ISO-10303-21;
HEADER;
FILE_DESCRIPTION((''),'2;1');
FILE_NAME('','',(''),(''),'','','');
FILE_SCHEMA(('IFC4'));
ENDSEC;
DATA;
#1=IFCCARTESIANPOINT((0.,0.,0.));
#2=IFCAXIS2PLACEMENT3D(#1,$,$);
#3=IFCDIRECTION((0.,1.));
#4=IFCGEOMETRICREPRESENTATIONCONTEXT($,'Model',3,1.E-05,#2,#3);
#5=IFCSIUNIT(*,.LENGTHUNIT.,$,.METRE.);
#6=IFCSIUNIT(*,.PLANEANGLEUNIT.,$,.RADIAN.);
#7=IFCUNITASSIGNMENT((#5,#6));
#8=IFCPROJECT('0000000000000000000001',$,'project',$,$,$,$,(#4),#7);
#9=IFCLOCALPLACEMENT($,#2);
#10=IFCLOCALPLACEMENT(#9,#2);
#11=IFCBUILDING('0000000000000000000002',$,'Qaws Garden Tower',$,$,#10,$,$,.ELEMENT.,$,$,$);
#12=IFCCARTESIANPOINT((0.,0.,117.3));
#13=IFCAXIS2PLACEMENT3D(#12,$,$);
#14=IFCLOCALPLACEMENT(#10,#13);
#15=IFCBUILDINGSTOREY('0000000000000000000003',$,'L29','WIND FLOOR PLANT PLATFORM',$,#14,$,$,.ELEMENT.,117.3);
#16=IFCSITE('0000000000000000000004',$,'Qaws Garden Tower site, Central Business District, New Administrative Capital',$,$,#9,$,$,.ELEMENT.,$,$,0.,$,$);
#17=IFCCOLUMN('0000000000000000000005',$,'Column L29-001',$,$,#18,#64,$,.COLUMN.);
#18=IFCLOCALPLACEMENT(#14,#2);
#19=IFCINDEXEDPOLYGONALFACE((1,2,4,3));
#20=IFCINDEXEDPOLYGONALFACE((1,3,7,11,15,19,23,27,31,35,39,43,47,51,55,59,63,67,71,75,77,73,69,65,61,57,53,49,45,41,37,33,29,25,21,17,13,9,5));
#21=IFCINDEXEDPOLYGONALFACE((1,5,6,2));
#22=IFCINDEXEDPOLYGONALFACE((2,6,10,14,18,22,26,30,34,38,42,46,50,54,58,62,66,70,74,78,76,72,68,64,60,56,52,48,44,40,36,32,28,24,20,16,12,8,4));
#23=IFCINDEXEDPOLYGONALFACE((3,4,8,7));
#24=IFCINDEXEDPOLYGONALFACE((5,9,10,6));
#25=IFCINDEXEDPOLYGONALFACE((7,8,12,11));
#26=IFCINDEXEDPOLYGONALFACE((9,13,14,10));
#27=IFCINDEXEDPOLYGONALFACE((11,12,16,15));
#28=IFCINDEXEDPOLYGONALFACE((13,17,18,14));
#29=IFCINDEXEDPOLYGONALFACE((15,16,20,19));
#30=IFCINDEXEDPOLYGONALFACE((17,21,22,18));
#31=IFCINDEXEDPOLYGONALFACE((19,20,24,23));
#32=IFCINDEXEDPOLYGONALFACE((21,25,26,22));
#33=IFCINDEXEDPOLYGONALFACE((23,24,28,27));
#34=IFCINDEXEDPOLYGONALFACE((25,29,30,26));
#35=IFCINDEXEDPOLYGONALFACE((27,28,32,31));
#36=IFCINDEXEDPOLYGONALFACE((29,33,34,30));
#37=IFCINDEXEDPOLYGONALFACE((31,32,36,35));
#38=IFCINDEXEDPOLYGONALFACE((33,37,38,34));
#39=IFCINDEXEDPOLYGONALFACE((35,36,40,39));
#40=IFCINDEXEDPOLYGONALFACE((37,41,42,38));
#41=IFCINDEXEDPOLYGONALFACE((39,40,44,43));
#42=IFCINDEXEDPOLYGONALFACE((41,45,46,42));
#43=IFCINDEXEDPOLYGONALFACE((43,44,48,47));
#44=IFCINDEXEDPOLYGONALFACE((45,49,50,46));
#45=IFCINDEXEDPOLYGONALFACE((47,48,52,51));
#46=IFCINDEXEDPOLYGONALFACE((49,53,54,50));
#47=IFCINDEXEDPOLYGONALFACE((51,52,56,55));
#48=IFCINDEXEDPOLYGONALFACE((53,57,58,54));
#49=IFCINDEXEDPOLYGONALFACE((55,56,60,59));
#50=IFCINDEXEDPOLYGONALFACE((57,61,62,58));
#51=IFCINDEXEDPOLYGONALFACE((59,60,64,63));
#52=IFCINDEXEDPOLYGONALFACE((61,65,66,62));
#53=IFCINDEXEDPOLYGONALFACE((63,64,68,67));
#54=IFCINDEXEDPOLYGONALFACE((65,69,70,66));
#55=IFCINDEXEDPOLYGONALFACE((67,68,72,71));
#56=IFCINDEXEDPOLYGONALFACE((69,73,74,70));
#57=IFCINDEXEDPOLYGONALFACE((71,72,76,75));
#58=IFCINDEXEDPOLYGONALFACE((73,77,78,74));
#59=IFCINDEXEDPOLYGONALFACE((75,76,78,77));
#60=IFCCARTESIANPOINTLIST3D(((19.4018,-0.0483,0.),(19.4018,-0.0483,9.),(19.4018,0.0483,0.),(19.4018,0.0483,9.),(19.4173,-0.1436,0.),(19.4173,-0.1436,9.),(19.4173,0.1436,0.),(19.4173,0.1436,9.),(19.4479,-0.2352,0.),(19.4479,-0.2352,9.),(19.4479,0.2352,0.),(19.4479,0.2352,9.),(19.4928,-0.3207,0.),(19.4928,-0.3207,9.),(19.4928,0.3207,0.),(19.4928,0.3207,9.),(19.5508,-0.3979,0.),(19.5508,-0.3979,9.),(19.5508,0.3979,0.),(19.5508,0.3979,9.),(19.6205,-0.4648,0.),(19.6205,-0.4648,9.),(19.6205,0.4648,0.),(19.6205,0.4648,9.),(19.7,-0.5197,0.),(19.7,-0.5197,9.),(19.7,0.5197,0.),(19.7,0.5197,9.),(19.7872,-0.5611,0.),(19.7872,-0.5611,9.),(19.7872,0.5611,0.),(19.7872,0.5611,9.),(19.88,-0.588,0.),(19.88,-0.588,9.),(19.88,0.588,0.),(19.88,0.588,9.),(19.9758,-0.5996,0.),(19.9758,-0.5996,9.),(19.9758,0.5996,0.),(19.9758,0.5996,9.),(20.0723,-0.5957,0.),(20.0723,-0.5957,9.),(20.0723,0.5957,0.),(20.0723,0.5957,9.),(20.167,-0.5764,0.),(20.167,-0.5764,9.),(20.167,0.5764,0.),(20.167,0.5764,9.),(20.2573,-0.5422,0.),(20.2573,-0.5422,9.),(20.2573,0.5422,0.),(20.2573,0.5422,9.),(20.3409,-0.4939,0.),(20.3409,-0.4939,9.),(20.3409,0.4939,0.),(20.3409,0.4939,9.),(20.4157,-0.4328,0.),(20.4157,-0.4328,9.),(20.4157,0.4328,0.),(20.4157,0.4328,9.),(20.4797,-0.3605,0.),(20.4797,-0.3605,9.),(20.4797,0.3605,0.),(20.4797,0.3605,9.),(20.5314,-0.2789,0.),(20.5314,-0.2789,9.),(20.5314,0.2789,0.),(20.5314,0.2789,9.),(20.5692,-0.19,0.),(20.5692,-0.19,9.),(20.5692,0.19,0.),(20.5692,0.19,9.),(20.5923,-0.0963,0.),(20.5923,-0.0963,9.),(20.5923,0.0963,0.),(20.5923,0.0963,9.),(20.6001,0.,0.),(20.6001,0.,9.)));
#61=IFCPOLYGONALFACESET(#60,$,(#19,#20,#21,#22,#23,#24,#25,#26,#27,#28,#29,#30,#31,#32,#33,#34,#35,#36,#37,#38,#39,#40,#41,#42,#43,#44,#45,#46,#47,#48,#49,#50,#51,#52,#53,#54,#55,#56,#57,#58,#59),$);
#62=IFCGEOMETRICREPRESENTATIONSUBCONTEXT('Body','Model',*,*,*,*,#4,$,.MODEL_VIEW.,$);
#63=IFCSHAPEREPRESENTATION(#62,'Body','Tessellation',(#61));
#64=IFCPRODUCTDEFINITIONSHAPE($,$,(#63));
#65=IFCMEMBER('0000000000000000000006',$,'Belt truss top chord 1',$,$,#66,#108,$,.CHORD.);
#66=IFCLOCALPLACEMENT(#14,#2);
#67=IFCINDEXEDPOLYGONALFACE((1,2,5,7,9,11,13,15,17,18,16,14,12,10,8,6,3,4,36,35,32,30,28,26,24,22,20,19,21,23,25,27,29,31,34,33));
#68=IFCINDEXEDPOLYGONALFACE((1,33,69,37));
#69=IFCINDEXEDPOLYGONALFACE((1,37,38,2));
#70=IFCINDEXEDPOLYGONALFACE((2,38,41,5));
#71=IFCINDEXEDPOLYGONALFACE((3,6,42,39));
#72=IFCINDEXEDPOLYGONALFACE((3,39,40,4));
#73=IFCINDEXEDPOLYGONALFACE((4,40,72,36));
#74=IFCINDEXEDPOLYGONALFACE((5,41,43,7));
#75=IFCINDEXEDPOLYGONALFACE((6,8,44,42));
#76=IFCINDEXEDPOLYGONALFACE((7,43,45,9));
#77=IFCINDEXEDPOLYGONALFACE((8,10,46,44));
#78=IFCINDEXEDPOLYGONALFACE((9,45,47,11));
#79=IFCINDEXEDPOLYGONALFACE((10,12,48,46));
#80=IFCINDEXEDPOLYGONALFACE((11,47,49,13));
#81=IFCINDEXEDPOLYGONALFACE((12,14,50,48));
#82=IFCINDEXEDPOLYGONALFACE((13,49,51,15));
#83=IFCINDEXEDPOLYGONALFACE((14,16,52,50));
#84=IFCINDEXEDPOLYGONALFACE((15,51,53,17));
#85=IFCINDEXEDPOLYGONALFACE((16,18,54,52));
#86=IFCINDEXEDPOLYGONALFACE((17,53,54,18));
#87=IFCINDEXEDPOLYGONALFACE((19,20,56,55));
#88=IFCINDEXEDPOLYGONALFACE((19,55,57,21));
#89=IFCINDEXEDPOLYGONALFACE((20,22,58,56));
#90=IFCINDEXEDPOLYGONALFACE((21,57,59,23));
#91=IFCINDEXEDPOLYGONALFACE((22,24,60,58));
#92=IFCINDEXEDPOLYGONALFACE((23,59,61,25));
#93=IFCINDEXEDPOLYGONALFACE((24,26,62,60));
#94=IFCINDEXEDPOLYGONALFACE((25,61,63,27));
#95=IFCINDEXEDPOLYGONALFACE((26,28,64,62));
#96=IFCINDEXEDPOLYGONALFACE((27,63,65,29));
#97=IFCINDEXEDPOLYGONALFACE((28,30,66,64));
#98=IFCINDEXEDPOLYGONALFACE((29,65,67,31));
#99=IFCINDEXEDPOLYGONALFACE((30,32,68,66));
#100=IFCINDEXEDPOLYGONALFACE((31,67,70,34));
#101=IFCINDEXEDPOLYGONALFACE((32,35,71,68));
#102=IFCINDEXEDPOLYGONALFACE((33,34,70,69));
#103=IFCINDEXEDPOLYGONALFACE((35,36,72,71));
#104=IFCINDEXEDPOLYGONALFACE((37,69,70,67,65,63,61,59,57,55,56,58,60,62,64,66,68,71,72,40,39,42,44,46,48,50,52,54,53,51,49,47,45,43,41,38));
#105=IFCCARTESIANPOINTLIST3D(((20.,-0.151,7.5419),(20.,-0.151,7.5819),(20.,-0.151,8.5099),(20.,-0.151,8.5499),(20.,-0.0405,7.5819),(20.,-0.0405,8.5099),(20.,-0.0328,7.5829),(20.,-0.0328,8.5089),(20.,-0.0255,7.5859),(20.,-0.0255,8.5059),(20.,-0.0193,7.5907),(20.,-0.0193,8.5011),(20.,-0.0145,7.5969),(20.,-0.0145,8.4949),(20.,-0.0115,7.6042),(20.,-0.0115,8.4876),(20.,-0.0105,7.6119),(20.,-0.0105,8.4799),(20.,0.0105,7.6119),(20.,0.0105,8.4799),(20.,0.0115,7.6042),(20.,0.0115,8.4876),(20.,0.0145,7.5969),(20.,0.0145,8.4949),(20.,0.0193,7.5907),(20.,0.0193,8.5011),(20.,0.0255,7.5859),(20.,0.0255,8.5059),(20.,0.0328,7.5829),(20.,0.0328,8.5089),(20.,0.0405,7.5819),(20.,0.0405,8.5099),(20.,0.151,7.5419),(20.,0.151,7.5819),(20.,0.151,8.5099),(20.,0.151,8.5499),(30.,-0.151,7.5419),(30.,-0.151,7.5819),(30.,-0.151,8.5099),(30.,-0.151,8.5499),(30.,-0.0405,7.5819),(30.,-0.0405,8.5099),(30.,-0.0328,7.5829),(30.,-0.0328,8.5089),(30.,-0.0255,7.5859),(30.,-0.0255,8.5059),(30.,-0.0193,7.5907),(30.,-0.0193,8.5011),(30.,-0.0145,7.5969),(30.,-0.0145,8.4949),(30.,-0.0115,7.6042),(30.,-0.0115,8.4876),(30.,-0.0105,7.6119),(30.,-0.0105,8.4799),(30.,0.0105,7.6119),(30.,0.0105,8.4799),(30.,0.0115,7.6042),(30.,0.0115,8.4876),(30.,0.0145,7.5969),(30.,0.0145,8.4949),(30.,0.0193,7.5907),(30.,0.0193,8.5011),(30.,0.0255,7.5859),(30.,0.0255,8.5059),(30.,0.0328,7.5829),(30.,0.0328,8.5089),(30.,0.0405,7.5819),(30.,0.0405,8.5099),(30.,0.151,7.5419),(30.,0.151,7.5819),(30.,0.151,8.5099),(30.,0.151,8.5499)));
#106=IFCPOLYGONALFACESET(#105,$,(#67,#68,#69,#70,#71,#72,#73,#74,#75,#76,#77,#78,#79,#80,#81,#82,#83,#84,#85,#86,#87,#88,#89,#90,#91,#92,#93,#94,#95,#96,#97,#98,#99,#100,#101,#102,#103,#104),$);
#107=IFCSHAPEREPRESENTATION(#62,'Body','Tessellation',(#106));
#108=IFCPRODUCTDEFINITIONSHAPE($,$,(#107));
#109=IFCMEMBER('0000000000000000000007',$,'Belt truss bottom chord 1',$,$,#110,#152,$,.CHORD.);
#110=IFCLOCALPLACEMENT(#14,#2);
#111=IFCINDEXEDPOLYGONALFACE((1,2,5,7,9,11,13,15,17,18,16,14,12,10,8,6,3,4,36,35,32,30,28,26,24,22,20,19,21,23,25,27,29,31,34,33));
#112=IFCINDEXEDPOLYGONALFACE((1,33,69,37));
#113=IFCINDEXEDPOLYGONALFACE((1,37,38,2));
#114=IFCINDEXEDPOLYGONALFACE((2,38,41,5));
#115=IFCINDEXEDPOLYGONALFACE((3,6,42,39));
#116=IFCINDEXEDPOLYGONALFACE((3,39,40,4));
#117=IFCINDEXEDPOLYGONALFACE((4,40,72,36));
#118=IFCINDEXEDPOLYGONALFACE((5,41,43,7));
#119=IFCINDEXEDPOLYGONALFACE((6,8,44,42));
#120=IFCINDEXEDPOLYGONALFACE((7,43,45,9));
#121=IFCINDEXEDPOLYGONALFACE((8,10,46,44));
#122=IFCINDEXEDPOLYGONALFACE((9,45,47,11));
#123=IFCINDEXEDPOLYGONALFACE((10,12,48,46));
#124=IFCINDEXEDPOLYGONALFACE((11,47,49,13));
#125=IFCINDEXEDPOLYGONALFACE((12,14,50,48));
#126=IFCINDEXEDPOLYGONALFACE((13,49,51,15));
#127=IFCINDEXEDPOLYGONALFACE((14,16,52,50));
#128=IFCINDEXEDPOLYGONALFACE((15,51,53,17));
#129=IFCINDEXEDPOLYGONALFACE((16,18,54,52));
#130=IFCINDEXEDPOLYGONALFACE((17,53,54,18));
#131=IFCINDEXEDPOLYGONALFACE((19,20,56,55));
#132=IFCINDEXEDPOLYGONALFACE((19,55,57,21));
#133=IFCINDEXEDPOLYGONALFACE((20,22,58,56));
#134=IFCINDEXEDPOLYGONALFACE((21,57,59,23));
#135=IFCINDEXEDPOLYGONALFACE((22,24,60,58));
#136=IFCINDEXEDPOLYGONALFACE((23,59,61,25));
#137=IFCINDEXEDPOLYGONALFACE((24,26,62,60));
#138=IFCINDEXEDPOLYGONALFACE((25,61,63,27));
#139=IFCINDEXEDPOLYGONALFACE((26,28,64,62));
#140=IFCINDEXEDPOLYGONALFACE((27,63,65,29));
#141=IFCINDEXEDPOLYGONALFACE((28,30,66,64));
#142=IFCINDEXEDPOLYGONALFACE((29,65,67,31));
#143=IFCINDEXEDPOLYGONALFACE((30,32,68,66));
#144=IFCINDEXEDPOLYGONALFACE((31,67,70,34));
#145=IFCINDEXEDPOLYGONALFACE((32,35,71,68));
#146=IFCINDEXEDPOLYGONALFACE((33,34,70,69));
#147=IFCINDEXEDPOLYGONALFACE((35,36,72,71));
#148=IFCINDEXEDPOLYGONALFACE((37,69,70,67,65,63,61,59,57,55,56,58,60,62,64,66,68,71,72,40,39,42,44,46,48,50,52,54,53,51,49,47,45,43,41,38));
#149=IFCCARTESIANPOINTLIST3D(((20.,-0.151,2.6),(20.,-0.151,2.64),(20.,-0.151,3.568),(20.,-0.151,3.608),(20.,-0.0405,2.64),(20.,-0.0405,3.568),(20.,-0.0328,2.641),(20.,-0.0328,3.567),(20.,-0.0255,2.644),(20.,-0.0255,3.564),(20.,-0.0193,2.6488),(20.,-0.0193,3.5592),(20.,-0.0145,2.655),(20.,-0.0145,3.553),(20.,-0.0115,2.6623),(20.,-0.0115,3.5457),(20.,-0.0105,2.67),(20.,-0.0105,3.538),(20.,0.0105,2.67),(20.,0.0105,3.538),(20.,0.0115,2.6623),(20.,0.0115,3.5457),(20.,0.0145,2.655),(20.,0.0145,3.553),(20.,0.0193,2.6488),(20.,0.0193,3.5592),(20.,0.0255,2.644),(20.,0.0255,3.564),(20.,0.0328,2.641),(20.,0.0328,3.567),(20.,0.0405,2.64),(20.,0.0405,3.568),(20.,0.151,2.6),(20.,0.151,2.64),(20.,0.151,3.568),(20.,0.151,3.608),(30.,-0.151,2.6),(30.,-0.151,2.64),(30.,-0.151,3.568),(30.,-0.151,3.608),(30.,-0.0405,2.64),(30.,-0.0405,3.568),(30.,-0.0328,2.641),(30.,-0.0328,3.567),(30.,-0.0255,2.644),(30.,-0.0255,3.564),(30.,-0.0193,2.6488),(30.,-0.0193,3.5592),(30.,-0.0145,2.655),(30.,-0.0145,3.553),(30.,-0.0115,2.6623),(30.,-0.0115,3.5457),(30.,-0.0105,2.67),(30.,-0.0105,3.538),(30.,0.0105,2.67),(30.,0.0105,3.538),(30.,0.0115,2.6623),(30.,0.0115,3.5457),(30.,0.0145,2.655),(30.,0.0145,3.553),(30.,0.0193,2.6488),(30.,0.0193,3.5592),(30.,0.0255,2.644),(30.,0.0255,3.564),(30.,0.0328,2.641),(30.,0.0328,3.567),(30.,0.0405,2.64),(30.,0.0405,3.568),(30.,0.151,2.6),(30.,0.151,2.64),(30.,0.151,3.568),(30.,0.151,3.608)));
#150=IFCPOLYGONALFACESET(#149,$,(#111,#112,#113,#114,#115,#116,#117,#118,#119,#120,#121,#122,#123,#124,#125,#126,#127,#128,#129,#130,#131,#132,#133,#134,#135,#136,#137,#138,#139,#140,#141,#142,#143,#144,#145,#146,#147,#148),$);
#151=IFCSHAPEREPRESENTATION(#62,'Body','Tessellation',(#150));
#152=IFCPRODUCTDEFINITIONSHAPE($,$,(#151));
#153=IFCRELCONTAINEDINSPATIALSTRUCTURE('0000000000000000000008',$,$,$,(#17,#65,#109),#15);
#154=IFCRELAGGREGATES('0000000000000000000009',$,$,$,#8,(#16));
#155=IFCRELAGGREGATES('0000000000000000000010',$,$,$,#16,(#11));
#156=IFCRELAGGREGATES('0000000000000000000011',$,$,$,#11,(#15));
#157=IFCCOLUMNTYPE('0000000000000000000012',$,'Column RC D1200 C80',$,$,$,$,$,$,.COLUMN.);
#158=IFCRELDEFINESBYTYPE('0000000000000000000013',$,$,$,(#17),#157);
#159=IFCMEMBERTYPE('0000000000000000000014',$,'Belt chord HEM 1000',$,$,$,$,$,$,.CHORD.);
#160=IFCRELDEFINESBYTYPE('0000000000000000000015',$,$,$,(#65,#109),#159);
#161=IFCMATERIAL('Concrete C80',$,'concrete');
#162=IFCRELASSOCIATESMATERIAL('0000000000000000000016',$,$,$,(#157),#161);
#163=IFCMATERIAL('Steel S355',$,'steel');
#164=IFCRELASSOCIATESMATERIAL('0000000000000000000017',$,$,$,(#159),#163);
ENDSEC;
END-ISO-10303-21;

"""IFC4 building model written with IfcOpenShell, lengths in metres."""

from ifc_helpers import new_model, si_unit, direction, frame, origin, origin_2d, place, context, subcontext, project, spatial, circle, i_section, extrude, material, material_profile, profile_set, type_object, element, save


model = new_model("IFC4")

# Units and contexts
model_context = context("Model", 3, precision=1e-05, world=origin(), true_north=direction((0.0, 1.0)))
body_context = subcontext(model_context, "Body", "Model", "MODEL_VIEW")
ifc_project = project(units=[si_unit("LENGTHUNIT", "METRE"), si_unit("PLANEANGLEUNIT", "RADIAN")], contexts=[model_context])

# Site, building, storey
site_placement = place(None, origin())
site = spatial("IfcSite", under=ifc_project, at=site_placement, Name="Qaws Garden Tower site, Central Business District, New Administrative Capital", CompositionType="ELEMENT", RefElevation=0.0)
building_placement = place(site_placement, origin())
building = spatial("IfcBuilding", under=site, at=building_placement, Name="Qaws Garden Tower", CompositionType="ELEMENT")
storey_placement = place(building_placement, frame((0.0, 0.0, 117.3)))
storey = spatial("IfcBuildingStorey", under=building, at=storey_placement, Name="L29", Description="WIND FLOOR PLANT PLATFORM", CompositionType="ELEMENT", Elevation=117.3)

# Column
ifc_material_1 = material(Name="Concrete C80", Category="concrete")
ifc_material_profile_1 = material_profile(ifc_material_1, circle(Radius=0.6001, at=origin_2d()), Name="RC D1200")
ifc_profile_set_1 = profile_set([ifc_material_profile_1], Name="Concrete C80")
column_type = type_object("IfcColumnType", Name="Column RC D1200 C80", PredefinedType="COLUMN", material=ifc_profile_set_1)
column_placement = place(storey_placement, frame((20.0, 0.0, 0.0), z_axis=(0.0, 0.0, 1.0), x_axis=(1.0, 0.0, 0.0)))
element("IfcColumn", 1, at=column_placement, inside=storey, type_object=column_type, Name="Column L29-001", PredefinedType="COLUMN", context=body_context, shape_type="SweptSolid", body=[
    extrude(circle(Radius=0.6001, at=origin_2d()), origin(), (0.0, 0.0, 1.0), 9.0),
])

# Members
ifc_material_2 = material(Name="Steel S355", Category="steel")
ifc_material_profile_2 = material_profile(ifc_material_2, i_section(OverallWidth=0.302, OverallDepth=1.0081, WebThickness=0.021, FlangeThickness=0.04, FilletRadius=0.03, at=origin_2d()), Name="HEM 1000")
ifc_profile_set_2 = profile_set([ifc_material_profile_2], Name="Steel S355")
member_type_1 = type_object("IfcMemberType", Name="Belt chord HEM 1000", PredefinedType="CHORD", material=ifc_profile_set_2)
for number, where, z_axis, x_axis, name in (
    (2, (20.0, 0.0, 8.0459), (1.0, 0.0, 0.0), (0.0, 1.0, 0.0), "Belt truss top chord 1"),
    (3, (20.0, 0.0, 3.104), (1.0, 0.0, 0.0), (0.0, 1.0, 0.0), "Belt truss bottom chord 1"),
):
    element("IfcMember", number, at=place(storey_placement, frame(where, z_axis=z_axis, x_axis=x_axis)), inside=storey, type_object=member_type_1, Name=name, PredefinedType="CHORD", context=body_context, shape_type="SweptSolid", body=[
        extrude(i_section(OverallWidth=0.302, OverallDepth=1.0081, WebThickness=0.021, FlangeThickness=0.04, FilletRadius=0.03, at=origin_2d()), origin(), (0.0, 0.0, 1.0), 10.0),
    ])

save(model, "model.ifc")
